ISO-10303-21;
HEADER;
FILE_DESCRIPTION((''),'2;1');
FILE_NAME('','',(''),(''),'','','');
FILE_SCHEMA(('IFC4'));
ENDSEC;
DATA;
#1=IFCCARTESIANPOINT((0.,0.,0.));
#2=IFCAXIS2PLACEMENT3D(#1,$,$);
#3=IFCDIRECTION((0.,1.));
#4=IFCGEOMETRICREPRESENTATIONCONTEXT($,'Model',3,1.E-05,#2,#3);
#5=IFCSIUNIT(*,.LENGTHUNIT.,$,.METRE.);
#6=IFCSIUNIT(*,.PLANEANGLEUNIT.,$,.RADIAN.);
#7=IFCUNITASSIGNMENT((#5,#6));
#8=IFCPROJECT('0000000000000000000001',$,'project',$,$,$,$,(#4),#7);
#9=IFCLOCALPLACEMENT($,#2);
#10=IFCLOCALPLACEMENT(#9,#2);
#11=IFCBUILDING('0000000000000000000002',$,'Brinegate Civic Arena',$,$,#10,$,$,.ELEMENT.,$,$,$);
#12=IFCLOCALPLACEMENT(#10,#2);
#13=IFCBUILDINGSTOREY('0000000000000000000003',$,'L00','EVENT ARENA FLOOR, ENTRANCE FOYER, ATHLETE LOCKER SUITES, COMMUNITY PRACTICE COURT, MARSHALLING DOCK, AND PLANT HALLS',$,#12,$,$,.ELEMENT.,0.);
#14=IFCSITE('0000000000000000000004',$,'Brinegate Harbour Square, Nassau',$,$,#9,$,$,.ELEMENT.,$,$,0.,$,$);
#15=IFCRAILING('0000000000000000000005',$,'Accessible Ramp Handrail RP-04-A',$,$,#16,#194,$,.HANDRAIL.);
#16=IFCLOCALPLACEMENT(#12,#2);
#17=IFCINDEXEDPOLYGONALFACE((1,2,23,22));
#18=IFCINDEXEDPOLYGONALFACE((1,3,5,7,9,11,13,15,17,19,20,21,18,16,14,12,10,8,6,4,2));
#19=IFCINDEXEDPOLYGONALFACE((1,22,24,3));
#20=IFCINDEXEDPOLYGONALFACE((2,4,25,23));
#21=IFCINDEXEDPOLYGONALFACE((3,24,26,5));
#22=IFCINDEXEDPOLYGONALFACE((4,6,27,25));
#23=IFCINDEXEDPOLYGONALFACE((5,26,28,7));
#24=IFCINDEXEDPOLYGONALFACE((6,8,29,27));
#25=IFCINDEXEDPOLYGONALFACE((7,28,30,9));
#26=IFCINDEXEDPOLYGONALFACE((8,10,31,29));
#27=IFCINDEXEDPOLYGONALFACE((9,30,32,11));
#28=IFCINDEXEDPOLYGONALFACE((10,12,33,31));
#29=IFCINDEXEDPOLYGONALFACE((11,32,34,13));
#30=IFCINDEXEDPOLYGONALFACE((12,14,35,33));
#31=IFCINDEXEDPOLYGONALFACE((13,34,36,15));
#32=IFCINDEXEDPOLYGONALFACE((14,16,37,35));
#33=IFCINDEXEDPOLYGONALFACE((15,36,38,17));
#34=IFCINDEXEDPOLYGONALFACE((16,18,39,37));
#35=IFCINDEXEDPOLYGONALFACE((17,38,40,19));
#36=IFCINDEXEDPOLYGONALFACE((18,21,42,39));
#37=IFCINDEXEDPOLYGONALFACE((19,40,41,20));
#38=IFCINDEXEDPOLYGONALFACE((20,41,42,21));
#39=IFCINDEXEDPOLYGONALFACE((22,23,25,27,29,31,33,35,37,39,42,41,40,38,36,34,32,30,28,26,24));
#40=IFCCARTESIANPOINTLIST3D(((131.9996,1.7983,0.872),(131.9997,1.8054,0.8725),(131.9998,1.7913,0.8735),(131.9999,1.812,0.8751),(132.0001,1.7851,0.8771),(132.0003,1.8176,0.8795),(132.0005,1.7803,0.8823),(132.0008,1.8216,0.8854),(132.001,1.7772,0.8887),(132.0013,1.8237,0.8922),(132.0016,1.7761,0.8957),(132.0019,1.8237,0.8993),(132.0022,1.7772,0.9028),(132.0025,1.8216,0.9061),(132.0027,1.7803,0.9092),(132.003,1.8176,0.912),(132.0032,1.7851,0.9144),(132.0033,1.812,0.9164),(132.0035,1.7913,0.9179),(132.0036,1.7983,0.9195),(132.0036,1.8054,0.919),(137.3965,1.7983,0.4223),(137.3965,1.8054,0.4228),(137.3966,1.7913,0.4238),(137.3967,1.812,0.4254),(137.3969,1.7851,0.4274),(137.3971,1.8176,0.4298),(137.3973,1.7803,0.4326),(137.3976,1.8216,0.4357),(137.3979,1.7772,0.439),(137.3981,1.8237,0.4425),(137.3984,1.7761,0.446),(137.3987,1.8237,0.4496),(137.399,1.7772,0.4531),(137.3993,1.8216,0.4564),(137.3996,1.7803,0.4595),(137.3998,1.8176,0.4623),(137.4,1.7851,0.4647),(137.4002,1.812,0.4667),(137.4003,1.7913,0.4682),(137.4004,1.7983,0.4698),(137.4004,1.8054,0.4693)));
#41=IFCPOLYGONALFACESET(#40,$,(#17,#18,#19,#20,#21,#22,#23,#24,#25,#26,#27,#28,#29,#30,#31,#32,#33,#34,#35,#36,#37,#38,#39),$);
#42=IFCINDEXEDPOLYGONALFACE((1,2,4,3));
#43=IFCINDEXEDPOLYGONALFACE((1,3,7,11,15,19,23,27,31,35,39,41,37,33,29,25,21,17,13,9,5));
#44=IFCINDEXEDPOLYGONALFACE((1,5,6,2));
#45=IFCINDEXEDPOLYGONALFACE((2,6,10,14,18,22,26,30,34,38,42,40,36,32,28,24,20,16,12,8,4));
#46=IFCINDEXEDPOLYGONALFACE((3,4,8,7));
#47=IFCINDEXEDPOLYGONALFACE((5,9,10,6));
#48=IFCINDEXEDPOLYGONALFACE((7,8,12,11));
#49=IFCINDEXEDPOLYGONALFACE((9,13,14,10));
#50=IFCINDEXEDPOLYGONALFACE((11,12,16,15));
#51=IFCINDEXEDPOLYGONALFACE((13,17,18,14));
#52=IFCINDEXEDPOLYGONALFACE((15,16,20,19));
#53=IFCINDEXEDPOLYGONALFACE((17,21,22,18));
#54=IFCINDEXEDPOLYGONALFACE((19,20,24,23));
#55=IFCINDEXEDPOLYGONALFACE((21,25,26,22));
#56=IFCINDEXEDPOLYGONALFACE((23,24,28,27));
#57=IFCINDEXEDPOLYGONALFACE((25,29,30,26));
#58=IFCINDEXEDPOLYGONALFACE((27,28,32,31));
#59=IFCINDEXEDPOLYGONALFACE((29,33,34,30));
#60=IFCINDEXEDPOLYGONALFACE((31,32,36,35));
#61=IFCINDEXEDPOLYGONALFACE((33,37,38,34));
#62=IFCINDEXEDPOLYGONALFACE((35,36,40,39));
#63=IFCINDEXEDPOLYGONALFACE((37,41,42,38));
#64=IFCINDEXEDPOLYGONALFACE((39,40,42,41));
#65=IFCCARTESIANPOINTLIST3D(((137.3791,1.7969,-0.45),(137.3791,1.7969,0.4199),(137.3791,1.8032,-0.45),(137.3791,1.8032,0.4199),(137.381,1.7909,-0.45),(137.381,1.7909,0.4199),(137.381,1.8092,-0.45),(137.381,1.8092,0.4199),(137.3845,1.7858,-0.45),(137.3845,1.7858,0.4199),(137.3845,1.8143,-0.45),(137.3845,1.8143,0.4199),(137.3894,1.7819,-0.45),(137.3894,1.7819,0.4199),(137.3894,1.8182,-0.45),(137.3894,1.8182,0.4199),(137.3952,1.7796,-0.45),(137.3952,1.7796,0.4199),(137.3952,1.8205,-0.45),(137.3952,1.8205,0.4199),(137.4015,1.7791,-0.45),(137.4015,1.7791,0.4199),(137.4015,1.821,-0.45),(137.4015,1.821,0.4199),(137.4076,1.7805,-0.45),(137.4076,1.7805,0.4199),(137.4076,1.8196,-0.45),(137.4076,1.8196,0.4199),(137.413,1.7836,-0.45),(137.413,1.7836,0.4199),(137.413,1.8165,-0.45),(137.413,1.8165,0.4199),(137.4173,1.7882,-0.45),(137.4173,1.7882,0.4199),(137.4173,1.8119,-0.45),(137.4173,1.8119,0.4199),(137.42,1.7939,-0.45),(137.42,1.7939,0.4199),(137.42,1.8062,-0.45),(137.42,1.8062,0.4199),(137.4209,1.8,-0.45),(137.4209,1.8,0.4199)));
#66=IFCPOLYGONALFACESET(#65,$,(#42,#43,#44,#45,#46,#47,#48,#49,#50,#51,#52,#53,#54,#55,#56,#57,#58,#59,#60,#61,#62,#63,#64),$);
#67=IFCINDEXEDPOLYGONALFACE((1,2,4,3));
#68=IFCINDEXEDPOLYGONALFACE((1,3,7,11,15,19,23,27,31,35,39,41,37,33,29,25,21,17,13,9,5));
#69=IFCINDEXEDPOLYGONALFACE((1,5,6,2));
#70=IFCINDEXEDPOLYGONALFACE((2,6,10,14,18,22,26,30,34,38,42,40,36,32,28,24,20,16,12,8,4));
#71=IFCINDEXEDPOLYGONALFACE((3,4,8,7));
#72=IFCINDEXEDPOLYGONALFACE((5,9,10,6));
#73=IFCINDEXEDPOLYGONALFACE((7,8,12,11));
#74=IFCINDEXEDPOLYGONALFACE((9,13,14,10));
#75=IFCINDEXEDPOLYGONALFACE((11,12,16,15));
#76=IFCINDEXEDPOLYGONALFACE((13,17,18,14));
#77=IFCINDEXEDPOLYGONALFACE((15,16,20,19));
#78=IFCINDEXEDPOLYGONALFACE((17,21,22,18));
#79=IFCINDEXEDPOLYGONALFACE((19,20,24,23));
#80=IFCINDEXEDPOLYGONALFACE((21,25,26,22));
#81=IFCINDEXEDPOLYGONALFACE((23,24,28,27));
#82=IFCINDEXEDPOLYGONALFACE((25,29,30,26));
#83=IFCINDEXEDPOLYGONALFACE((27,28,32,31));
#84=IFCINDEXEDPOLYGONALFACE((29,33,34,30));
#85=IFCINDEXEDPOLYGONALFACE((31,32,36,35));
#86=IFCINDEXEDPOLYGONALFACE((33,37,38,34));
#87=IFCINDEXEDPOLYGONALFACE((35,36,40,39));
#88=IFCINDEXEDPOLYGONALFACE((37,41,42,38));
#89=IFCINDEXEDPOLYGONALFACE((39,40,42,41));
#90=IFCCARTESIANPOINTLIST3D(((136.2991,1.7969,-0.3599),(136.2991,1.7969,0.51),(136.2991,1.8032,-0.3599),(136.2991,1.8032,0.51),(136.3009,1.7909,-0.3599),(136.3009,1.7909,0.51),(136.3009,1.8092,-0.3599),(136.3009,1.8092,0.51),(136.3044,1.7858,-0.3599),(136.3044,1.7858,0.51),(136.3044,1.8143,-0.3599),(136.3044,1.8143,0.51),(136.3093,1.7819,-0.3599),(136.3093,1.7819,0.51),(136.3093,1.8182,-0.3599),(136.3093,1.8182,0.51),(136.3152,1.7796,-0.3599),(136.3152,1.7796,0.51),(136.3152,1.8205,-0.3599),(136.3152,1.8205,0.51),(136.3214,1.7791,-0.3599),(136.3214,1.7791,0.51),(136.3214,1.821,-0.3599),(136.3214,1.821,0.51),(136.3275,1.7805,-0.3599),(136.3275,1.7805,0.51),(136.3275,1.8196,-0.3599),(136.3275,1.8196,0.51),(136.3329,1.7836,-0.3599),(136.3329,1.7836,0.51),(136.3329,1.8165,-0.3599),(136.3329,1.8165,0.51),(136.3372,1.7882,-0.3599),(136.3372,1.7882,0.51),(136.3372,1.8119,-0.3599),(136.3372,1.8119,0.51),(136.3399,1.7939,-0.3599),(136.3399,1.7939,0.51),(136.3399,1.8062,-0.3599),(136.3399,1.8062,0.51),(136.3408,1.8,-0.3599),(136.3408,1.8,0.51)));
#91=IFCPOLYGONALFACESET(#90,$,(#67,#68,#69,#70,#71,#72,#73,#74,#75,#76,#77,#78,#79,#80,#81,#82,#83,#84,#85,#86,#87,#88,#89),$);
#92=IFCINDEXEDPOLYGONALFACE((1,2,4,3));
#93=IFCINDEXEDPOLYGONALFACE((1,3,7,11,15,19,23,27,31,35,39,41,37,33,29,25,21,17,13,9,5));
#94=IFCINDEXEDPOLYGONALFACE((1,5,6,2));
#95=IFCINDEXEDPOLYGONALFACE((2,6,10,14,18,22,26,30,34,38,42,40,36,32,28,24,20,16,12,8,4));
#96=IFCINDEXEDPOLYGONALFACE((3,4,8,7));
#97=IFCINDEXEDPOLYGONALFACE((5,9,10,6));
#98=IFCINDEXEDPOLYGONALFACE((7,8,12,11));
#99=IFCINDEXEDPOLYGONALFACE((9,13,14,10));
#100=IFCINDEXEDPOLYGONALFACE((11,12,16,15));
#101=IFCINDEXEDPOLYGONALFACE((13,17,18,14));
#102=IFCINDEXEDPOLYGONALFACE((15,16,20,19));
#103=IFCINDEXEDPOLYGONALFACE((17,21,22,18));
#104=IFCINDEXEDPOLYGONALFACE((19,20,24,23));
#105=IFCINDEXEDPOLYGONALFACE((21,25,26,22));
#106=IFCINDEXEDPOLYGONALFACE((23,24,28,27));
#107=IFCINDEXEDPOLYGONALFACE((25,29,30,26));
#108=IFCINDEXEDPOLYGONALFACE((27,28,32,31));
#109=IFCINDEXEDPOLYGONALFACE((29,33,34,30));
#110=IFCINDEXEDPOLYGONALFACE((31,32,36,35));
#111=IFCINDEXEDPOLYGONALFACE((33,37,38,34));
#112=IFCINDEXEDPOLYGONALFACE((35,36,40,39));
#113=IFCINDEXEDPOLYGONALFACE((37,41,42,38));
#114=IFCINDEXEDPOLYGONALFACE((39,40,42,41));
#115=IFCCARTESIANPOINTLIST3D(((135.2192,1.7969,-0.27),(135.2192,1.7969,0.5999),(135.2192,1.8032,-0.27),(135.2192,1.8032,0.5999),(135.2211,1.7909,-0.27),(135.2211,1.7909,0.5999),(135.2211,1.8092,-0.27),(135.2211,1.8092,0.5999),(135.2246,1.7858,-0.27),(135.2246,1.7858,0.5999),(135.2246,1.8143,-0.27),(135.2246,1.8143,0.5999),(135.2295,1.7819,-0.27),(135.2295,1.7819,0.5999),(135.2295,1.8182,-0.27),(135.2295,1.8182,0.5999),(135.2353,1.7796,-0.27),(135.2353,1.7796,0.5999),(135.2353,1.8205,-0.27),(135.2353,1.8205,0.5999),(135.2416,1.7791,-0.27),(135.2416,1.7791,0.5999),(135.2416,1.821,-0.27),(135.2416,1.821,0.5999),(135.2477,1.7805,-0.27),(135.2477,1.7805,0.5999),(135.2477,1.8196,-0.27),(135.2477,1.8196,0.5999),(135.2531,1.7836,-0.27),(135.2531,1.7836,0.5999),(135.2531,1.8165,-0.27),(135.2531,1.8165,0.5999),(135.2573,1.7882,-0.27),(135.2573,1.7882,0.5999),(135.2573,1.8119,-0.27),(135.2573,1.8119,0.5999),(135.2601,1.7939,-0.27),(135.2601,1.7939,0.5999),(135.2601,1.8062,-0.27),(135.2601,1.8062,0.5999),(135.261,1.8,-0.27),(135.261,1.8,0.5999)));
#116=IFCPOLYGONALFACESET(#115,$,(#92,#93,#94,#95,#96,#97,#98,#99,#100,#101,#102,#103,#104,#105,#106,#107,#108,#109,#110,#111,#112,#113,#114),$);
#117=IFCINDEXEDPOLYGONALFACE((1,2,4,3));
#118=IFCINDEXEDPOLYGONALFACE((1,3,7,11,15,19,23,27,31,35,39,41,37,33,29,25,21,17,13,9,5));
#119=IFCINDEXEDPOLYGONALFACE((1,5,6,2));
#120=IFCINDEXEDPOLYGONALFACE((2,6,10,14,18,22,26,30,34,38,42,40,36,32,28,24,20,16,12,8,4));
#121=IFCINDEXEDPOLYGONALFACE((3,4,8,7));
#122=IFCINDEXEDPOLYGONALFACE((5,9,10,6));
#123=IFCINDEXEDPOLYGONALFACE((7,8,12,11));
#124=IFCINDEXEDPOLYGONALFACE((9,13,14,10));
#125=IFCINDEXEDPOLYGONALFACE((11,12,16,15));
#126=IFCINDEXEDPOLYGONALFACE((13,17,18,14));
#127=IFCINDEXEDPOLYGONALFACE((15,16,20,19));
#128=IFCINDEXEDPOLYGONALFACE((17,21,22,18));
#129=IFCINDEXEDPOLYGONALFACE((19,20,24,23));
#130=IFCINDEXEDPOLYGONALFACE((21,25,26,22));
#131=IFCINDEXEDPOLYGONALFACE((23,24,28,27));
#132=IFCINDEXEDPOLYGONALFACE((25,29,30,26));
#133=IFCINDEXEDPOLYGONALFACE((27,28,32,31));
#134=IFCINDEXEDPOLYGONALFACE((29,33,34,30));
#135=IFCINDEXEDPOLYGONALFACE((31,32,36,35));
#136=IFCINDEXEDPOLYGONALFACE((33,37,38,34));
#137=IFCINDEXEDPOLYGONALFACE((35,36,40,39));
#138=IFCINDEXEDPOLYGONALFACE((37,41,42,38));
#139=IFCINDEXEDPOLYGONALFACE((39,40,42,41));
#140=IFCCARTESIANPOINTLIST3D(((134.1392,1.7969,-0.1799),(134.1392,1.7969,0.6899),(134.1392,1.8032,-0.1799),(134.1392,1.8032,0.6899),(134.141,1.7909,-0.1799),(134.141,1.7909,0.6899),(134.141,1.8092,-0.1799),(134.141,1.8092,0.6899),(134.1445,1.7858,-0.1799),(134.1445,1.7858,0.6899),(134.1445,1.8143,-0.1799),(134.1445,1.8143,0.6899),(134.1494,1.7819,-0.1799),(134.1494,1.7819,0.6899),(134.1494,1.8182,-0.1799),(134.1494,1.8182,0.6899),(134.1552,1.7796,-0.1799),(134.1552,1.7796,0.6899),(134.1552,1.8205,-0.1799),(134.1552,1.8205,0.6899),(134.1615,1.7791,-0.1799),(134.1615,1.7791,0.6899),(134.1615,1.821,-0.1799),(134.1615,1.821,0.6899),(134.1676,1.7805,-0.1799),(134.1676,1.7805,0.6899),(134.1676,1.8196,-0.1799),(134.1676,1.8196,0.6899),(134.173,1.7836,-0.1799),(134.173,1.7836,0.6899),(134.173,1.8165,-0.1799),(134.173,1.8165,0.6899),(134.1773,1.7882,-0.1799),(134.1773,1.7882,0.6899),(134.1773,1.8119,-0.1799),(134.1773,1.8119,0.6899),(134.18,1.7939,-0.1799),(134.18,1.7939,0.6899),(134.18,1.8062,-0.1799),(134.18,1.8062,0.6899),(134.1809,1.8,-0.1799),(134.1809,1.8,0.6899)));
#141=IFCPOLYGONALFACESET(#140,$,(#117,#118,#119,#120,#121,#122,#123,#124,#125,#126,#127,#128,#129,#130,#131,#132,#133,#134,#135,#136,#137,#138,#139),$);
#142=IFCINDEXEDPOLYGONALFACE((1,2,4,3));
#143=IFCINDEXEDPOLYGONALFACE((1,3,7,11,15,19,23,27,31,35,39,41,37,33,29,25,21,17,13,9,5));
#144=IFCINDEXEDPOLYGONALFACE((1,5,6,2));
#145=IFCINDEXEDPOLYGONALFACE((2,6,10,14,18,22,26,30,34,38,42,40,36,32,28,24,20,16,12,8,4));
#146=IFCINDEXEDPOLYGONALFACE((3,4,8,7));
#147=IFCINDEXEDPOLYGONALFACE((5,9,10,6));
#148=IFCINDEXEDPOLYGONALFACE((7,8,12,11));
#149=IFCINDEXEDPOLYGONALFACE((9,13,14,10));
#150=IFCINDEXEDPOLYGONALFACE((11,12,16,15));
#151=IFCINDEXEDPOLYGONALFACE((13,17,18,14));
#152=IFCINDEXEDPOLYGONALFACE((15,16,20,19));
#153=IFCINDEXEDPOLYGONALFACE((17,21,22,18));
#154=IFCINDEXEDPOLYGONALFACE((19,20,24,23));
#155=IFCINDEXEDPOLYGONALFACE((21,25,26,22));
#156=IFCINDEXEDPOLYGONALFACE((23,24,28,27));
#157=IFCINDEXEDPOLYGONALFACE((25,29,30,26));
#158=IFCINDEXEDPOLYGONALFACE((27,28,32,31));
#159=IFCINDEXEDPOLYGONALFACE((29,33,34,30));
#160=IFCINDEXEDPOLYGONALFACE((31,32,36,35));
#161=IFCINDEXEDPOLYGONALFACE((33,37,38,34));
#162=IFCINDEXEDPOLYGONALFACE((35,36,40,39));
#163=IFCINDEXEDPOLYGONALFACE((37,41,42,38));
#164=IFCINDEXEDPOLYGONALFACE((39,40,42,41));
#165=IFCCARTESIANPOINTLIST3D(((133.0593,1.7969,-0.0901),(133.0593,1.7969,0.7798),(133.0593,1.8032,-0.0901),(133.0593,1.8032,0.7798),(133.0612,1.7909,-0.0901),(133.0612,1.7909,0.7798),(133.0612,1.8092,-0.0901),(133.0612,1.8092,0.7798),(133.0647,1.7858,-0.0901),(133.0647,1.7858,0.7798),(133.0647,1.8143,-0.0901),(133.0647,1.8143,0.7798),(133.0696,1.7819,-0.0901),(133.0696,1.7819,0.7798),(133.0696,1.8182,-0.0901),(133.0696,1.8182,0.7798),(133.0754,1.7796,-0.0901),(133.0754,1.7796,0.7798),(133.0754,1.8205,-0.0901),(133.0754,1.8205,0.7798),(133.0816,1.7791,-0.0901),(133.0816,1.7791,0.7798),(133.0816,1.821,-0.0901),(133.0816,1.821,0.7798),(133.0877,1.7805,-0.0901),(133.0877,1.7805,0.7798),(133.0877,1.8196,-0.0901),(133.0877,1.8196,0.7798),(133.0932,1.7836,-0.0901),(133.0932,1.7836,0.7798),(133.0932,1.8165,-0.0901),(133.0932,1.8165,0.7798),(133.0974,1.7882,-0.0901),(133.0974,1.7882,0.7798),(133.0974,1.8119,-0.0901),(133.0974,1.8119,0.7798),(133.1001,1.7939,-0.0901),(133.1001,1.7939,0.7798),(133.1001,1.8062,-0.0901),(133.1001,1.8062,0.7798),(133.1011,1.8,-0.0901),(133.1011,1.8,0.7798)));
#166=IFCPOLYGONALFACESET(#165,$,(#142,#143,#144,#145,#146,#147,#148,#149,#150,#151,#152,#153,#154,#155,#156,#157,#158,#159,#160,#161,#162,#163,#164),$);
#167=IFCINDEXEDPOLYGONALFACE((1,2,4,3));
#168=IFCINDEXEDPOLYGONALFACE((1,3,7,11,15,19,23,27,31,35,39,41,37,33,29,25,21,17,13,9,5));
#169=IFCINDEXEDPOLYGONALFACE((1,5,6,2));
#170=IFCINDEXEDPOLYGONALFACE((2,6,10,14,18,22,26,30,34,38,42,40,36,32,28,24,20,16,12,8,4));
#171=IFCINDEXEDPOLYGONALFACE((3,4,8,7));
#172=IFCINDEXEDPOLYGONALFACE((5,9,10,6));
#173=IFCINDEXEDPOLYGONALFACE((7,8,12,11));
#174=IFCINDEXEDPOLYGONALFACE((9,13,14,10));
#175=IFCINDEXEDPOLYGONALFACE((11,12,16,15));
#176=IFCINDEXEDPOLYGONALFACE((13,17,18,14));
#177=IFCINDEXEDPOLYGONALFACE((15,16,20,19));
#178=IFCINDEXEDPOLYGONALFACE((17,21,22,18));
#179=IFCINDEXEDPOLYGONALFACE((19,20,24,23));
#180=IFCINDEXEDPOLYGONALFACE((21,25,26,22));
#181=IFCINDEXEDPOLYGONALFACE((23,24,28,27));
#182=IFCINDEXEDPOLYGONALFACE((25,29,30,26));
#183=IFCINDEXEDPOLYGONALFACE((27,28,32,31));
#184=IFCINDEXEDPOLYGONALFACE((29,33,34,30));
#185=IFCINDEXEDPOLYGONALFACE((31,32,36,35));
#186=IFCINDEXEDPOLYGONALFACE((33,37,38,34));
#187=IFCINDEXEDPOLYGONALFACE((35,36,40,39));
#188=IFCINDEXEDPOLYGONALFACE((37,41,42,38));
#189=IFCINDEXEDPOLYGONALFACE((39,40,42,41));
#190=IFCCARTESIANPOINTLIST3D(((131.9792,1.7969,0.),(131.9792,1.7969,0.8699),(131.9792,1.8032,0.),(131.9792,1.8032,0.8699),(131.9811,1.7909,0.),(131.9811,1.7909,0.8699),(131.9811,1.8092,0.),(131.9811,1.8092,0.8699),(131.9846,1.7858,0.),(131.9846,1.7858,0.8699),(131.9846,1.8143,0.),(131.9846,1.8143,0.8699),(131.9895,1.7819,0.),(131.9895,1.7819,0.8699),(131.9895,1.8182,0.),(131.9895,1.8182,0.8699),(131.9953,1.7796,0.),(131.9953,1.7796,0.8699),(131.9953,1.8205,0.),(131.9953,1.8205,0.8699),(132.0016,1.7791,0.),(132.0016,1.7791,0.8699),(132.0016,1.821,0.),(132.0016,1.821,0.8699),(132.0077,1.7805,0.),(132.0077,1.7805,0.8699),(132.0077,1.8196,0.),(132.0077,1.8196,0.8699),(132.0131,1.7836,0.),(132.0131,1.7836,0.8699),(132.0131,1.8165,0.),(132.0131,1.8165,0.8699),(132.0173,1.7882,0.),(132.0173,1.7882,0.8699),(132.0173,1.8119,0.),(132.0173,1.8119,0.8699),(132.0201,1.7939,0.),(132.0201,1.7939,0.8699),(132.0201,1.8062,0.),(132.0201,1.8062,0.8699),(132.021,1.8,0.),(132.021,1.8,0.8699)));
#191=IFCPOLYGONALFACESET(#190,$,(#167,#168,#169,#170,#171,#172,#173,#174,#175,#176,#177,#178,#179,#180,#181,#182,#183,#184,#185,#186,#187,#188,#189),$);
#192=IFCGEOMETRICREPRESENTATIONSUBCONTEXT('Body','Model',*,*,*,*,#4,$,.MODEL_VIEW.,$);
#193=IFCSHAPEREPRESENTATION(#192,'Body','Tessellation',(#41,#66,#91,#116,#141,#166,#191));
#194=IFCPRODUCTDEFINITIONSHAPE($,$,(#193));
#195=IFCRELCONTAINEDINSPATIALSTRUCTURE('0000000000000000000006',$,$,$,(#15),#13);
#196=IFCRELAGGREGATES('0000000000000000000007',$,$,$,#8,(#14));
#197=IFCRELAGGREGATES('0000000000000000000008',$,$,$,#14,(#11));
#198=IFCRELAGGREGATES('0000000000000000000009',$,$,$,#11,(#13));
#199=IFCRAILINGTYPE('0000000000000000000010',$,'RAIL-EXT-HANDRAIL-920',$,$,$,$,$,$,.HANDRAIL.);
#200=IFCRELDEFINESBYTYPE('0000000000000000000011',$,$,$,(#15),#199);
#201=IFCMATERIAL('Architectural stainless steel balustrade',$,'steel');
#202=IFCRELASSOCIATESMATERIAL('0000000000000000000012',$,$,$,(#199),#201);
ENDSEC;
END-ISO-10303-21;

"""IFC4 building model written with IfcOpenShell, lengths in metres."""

from ifc_helpers import new_model, si_unit, direction, frame, origin, origin_2d, place, context, subcontext, project, spatial, circle, extrude, material, type_object, element, save


model = new_model("IFC4")

# Units and contexts
model_context = context("Model", 3, precision=1e-05, world=origin(), true_north=direction((0.0, 1.0)))
body_context = subcontext(model_context, "Body", "Model", "MODEL_VIEW")
ifc_project = project(units=[si_unit("LENGTHUNIT", "METRE"), si_unit("PLANEANGLEUNIT", "RADIAN")], contexts=[model_context])

# Site, building, storey
site_placement = place(None, origin())
site = spatial("IfcSite", under=ifc_project, at=site_placement, Name="Brinegate Harbour Square, Nassau", CompositionType="ELEMENT", RefElevation=0.0)
building_placement = place(site_placement, origin())
building = spatial("IfcBuilding", under=site, at=building_placement, Name="Brinegate Civic Arena", CompositionType="ELEMENT")
storey_placement = place(building_placement, origin())
storey = spatial("IfcBuildingStorey", under=building, at=storey_placement, Name="L00", Description="EVENT ARENA FLOOR, ENTRANCE FOYER, ATHLETE LOCKER SUITES, COMMUNITY PRACTICE COURT, MARSHALLING DOCK, AND PLANT HALLS", CompositionType="ELEMENT", Elevation=0.0)

# Railing
ifc_material_1 = material(Name="Architectural stainless steel balustrade", Category="steel")
railing_type_1 = type_object("IfcRailingType", Name="RAIL-EXT-HANDRAIL-920", PredefinedType="HANDRAIL", material=ifc_material_1)
for number, where, name in (
    (1, (137.3999, 1.8, -0.45), "Accessible Ramp Handrail RP-04-A"),
):
    element("IfcRailing", number, at=place(storey_placement, frame(where)), inside=storey, type_object=railing_type_1, Name=name, PredefinedType="HANDRAIL", context=body_context, shape_type="SweptSolid", body=[
        extrude(circle(Radius=0.0239, at=origin_2d()), frame((-0.0015, 0.0, 0.896), z_axis=(-0.996546, 0.0, 0.083038), x_axis=(0.0, -1.0, 0.0)), (0.0, 0.0, 1.0), 5.4155),
        extrude(circle(Radius=0.021, at=origin_2d()), origin(), (0.0, 0.0, 1.0), 0.8699),
        extrude(circle(Radius=0.021, at=origin_2d()), frame((-1.0801, 0.0, 0.0901)), (0.0, 0.0, 1.0), 0.8699),
        extrude(circle(Radius=0.021, at=origin_2d()), frame((-2.1599, 0.0, 0.1799)), (0.0, 0.0, 1.0), 0.8699),
        extrude(circle(Radius=0.021, at=origin_2d()), frame((-3.24, 0.0, 0.27)), (0.0, 0.0, 1.0), 0.8699),
        extrude(circle(Radius=0.021, at=origin_2d()), frame((-4.3198, 0.0, 0.3599)), (0.0, 0.0, 1.0), 0.8699),
        extrude(circle(Radius=0.021, at=origin_2d()), frame((-5.3999, 0.0, 0.45)), (0.0, 0.0, 1.0), 0.8699),
    ])

save(model, "model.ifc")
